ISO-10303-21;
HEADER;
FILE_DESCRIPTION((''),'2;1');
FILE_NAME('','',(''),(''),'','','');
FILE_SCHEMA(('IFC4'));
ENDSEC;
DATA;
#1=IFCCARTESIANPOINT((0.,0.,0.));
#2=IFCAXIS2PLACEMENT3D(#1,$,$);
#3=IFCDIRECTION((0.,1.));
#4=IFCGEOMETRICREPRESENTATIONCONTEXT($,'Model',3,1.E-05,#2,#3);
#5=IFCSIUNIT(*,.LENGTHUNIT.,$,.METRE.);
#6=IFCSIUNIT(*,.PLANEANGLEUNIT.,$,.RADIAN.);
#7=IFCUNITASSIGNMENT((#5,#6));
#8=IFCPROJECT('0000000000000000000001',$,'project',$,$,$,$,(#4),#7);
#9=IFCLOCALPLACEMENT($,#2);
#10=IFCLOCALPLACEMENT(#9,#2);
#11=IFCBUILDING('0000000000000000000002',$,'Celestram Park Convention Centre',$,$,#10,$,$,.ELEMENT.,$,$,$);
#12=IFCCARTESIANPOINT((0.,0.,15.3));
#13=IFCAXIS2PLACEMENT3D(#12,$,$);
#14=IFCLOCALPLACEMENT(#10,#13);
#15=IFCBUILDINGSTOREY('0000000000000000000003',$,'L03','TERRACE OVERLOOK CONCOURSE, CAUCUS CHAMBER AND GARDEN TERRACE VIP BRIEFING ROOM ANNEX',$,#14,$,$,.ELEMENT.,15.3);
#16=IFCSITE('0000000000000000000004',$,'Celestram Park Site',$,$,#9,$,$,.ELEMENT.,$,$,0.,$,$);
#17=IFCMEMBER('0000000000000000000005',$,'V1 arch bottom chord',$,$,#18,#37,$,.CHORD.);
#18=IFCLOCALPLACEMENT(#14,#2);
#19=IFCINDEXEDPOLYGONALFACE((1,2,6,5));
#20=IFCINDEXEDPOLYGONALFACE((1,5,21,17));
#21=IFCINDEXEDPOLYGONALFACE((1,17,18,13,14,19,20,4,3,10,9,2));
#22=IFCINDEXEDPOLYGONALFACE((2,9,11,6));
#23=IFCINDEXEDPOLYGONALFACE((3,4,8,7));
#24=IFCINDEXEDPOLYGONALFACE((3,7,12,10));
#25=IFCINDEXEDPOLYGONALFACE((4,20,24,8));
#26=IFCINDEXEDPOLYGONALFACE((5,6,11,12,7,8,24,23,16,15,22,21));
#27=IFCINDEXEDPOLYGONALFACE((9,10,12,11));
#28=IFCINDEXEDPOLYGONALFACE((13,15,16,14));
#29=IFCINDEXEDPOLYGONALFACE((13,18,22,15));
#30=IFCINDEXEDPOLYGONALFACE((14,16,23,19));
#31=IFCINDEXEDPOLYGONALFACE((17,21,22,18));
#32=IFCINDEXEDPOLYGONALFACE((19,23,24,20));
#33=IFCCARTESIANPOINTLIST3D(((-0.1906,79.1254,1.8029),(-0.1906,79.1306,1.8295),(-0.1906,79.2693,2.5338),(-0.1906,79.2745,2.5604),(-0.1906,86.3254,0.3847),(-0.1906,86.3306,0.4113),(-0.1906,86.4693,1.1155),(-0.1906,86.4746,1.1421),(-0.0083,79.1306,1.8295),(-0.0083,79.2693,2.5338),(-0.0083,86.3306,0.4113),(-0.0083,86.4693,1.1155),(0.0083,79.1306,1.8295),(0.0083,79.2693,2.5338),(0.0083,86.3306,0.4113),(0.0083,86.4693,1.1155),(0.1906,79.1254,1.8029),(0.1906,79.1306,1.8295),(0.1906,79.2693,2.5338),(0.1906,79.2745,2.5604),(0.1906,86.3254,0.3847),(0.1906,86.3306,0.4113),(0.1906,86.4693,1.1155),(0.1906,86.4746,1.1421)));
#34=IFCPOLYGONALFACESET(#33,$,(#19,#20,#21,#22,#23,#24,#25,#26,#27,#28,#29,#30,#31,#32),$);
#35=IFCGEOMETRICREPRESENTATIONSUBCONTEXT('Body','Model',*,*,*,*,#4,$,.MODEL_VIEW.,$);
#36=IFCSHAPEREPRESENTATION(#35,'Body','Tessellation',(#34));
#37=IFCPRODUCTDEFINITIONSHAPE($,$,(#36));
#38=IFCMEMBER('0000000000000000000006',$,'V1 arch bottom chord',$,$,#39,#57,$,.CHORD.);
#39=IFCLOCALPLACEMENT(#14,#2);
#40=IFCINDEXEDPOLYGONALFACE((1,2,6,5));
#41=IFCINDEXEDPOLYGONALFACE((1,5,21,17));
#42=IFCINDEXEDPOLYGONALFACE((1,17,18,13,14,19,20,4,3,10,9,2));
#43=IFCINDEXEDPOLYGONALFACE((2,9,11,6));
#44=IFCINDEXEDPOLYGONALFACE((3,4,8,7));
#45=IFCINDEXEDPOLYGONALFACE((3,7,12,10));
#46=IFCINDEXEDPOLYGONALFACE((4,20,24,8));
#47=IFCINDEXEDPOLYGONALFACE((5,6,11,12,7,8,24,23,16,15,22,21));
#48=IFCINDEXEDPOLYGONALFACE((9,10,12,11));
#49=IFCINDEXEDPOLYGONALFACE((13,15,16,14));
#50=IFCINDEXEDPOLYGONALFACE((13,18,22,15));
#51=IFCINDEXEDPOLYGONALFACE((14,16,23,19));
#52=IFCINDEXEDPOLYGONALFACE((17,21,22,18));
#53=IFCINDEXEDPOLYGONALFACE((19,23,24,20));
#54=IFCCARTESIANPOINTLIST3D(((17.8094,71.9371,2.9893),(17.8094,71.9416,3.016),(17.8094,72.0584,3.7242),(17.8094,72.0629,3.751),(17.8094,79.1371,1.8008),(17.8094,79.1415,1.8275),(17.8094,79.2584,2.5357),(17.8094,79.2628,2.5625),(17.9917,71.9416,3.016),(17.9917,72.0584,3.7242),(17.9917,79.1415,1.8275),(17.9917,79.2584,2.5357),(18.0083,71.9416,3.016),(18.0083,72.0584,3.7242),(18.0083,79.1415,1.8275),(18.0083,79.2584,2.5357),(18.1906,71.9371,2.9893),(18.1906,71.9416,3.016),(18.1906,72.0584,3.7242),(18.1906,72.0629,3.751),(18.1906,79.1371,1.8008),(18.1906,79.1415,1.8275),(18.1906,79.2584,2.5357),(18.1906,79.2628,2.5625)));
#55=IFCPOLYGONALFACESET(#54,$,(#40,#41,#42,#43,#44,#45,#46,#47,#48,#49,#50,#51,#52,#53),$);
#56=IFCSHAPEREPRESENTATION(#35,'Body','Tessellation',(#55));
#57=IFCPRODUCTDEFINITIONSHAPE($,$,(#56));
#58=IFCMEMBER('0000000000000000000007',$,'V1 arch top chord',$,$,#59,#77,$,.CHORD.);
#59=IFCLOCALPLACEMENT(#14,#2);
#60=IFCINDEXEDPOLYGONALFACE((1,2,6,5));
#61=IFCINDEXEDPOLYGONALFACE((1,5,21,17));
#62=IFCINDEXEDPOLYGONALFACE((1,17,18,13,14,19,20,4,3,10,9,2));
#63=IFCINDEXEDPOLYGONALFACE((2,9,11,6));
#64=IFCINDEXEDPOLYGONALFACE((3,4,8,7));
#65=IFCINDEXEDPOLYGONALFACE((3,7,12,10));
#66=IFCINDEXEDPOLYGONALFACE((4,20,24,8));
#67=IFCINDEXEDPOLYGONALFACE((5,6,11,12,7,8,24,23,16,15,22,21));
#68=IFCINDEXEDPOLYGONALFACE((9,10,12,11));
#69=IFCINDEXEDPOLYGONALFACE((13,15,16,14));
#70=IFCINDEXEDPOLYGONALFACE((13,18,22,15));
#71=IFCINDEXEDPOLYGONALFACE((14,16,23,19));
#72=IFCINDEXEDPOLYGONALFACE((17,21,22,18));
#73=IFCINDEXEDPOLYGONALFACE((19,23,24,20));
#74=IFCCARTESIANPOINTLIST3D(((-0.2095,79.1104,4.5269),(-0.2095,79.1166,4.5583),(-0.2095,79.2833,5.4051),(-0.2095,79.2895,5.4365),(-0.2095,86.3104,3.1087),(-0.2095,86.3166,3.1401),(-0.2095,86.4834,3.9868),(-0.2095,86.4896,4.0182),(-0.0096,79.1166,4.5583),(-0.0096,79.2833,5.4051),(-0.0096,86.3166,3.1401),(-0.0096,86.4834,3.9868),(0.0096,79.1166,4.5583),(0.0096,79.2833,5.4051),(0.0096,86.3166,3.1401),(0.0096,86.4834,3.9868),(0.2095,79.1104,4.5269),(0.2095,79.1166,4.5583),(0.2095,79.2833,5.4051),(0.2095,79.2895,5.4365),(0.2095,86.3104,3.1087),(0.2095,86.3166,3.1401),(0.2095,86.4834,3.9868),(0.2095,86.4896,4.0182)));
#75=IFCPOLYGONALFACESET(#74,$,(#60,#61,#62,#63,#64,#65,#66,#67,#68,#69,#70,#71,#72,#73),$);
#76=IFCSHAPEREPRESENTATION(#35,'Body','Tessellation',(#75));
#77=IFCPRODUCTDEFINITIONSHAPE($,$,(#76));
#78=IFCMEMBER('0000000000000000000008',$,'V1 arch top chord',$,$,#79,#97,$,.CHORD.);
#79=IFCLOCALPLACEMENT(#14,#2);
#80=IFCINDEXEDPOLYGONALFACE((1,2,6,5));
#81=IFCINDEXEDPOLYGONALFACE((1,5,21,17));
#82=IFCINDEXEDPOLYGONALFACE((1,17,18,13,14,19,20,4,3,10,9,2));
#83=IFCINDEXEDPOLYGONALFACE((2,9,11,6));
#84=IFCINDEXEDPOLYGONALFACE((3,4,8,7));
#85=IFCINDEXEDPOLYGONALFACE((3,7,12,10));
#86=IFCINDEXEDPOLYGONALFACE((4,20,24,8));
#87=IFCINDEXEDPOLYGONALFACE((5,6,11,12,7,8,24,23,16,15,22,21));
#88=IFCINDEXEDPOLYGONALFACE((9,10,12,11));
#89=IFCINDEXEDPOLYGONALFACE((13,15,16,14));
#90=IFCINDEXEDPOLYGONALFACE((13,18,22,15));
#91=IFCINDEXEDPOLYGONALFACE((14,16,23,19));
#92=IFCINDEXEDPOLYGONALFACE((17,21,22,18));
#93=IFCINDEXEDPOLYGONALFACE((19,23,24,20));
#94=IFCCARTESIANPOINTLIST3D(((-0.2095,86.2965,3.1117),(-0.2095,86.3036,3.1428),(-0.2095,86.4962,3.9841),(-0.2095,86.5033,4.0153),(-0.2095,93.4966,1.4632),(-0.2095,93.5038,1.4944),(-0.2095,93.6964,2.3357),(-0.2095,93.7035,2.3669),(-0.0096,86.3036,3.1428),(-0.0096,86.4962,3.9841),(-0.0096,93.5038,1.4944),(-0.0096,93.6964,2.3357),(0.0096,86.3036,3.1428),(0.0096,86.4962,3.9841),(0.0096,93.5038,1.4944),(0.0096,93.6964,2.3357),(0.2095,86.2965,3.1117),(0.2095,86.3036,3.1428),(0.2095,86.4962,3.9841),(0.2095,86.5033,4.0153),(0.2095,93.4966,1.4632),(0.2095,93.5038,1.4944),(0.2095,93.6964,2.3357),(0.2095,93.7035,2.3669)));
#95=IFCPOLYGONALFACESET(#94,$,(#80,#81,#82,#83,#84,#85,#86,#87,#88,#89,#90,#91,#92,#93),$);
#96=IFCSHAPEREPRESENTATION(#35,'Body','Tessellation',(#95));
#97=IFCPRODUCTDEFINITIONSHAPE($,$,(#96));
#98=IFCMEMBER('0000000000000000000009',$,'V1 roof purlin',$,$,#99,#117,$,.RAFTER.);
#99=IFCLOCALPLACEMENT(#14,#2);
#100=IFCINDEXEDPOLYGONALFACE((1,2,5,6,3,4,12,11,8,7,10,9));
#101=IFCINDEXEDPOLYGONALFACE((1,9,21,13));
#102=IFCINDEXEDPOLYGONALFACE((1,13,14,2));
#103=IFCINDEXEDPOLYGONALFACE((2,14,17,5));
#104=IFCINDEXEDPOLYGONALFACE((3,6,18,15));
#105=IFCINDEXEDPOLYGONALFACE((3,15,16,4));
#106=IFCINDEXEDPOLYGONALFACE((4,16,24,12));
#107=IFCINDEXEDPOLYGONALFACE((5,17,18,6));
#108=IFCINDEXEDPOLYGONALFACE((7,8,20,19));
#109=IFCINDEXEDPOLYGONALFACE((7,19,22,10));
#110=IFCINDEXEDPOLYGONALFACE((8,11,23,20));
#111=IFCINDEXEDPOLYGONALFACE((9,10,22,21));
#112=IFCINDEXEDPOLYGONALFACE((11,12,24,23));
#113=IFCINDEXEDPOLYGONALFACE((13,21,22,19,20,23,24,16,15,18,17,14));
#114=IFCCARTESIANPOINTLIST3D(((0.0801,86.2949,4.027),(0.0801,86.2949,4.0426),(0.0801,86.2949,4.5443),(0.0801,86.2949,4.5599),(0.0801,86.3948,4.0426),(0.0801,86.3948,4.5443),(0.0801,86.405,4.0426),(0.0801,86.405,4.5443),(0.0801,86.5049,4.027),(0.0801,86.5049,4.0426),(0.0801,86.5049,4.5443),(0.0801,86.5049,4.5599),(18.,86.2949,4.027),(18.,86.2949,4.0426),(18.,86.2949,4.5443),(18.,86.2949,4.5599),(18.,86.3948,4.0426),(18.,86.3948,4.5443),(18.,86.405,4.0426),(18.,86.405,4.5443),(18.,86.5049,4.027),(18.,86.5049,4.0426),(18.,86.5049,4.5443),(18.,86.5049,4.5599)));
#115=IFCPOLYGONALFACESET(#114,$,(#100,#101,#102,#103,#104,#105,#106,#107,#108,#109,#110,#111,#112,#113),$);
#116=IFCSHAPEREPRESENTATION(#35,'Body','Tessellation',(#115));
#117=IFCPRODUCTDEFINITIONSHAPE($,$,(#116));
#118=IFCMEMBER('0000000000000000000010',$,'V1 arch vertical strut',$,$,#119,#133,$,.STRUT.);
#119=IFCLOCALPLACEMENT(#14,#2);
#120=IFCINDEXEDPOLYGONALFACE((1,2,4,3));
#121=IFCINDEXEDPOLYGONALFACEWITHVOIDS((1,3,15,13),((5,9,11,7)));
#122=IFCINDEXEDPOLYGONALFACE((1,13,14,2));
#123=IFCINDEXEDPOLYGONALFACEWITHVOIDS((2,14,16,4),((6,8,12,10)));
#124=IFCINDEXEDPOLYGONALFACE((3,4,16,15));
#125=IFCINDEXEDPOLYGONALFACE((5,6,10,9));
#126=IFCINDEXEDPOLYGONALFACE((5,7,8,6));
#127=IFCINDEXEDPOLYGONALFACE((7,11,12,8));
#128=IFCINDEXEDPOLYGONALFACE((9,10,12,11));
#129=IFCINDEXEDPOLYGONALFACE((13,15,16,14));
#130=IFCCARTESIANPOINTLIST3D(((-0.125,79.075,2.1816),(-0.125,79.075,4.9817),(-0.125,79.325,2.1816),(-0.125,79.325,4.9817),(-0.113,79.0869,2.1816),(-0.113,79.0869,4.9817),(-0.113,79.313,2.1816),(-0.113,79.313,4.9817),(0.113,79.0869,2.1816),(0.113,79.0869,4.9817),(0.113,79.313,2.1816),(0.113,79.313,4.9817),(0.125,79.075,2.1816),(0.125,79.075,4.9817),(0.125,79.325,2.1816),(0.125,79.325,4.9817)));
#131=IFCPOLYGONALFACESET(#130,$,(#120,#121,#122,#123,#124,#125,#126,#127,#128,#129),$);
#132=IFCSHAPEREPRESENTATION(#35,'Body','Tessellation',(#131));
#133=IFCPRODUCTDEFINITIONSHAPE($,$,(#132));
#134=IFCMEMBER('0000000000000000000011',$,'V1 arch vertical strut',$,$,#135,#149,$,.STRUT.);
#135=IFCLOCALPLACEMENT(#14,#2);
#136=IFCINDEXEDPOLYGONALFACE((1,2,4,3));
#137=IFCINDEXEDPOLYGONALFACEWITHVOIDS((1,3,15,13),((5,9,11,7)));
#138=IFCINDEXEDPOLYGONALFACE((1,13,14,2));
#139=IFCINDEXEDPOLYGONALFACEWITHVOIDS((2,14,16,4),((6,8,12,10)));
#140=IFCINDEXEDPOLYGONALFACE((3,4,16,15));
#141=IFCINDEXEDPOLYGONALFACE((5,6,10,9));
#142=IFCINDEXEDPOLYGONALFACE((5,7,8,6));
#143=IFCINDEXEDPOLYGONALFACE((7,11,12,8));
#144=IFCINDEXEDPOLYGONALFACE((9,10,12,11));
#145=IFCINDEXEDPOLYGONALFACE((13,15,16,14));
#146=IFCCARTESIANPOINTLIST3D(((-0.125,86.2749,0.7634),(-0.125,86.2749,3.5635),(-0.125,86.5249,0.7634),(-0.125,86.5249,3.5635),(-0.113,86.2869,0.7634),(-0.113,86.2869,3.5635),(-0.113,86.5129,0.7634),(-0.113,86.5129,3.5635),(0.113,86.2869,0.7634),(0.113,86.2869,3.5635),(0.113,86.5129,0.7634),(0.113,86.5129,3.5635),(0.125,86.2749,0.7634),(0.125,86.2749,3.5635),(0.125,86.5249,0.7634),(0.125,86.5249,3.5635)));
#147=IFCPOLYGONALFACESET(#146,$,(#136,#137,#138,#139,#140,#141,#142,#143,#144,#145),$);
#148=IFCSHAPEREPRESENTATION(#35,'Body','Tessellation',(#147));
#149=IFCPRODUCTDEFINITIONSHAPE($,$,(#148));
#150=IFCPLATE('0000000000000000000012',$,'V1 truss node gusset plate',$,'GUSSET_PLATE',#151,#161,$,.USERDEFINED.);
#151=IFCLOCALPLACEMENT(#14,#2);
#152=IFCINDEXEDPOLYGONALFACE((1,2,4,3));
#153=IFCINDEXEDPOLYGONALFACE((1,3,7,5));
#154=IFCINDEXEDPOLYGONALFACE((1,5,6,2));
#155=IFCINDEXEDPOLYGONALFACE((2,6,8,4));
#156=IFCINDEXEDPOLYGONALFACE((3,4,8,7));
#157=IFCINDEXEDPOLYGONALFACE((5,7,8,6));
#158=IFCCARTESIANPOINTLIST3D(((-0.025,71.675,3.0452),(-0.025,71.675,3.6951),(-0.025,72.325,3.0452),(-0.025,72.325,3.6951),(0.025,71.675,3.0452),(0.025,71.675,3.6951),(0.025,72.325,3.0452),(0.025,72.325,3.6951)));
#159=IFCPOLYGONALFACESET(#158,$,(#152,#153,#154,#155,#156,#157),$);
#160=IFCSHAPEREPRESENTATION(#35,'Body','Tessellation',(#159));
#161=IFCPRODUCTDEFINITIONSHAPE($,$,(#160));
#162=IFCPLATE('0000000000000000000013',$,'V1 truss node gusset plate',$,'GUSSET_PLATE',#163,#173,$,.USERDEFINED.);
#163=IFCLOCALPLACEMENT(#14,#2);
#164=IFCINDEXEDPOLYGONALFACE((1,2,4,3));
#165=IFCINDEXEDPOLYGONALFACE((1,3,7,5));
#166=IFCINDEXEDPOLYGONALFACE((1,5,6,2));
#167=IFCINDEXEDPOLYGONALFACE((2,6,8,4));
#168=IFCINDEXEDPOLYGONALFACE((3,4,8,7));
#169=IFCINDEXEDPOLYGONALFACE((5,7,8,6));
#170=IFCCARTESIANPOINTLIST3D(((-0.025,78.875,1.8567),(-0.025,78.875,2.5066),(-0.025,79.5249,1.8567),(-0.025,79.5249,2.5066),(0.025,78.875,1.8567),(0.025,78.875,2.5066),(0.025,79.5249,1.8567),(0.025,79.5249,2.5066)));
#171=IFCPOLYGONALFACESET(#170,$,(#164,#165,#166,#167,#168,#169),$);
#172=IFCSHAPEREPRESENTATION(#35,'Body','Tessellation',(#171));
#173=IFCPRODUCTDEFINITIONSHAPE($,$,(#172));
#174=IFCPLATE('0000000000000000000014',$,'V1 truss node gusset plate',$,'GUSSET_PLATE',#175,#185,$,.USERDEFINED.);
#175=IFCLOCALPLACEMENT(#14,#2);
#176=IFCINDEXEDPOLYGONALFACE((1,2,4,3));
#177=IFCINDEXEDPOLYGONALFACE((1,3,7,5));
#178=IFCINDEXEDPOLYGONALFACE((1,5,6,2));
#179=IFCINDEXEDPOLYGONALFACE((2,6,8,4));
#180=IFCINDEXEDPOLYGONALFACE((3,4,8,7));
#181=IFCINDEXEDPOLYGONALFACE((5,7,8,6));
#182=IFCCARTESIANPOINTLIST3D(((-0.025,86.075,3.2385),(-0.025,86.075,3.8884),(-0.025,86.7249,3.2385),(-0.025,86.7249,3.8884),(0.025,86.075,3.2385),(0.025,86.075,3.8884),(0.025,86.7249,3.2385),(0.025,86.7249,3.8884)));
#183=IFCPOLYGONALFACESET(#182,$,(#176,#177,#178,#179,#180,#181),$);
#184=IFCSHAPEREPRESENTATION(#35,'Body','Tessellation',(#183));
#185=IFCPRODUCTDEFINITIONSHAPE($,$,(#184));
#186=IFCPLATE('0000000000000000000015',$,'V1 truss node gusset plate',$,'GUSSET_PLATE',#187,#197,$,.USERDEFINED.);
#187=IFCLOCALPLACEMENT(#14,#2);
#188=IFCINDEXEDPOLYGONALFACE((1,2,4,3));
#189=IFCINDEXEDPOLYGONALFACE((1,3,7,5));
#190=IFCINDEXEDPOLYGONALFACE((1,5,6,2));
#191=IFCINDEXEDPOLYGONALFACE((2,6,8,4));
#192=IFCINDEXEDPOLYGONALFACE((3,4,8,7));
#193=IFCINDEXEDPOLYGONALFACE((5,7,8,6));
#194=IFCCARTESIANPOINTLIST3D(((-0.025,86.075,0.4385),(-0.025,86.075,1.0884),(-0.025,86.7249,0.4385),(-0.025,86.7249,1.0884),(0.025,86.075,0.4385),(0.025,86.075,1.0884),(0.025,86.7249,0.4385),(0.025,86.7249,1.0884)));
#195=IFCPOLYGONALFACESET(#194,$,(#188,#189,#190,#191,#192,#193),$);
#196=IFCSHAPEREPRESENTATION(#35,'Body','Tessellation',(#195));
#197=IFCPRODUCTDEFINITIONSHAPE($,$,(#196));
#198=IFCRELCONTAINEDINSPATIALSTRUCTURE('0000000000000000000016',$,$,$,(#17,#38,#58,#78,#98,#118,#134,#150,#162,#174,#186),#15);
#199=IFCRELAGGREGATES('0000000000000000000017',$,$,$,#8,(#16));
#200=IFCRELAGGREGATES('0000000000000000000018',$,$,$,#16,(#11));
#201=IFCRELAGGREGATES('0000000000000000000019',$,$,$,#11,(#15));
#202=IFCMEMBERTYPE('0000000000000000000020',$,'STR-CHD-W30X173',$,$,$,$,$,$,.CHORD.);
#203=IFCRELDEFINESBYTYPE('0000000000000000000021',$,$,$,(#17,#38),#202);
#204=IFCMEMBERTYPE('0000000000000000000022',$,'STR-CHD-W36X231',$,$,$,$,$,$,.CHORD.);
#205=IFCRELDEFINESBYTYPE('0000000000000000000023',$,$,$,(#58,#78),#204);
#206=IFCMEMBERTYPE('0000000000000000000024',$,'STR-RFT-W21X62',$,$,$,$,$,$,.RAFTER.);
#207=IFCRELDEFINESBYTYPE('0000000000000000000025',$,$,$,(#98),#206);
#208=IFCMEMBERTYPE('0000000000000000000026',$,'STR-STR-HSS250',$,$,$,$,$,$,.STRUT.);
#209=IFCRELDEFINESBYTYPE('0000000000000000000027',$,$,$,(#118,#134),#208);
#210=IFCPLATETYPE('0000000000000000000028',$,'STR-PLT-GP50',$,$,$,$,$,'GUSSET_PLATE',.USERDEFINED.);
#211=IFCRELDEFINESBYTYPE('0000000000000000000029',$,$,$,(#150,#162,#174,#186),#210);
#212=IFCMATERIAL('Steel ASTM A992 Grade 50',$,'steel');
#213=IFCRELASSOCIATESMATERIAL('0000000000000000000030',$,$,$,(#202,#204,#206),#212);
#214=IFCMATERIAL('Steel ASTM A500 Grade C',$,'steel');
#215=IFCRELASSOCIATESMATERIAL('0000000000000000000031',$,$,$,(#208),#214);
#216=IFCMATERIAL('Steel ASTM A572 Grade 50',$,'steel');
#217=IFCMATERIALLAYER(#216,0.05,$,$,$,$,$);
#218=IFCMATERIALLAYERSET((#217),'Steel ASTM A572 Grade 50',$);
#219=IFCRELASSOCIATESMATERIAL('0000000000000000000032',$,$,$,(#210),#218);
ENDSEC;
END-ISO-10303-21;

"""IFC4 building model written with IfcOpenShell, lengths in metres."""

from ifc_helpers import new_model, si_unit, direction, frame, origin, origin_2d, place, context, subcontext, project, spatial, rectangle, hollow_rectangle, i_section, extrude, material, layer, layer_set, material_profile, profile_set, type_object, element, save


model = new_model("IFC4")

# Units and contexts
model_context = context("Model", 3, precision=1e-05, world=origin(), true_north=direction((0.0, 1.0)))
body_context = subcontext(model_context, "Body", "Model", "MODEL_VIEW")
ifc_project = project(units=[si_unit("LENGTHUNIT", "METRE"), si_unit("PLANEANGLEUNIT", "RADIAN")], contexts=[model_context])

# Site, building, storey
site_placement = place(None, origin())
site = spatial("IfcSite", under=ifc_project, at=site_placement, Name="Celestram Park Site", CompositionType="ELEMENT", RefElevation=0.0)
building_placement = place(site_placement, origin())
building = spatial("IfcBuilding", under=site, at=building_placement, Name="Celestram Park Convention Centre", CompositionType="ELEMENT")
storey_placement = place(building_placement, frame((0.0, 0.0, 15.3)))
storey = spatial("IfcBuildingStorey", under=building, at=storey_placement, Name="L03", Description="TERRACE OVERLOOK CONCOURSE, CAUCUS CHAMBER AND GARDEN TERRACE VIP BRIEFING ROOM ANNEX", CompositionType="ELEMENT", Elevation=15.3)

# Members
ifc_material_1 = material(Name="Steel ASTM A500 Grade C", Category="steel")
ifc_material_2 = material(Name="Steel ASTM A992 Grade 50", Category="steel")
ifc_material_profile_1 = material_profile(ifc_material_2, i_section(OverallWidth=0.3811, OverallDepth=0.772, WebThickness=0.0166, FlangeThickness=0.0271, at=origin_2d()), Name="W30X173")
ifc_profile_set_1 = profile_set([ifc_material_profile_1], Name="Steel ASTM A992 Grade 50")
member_type_1 = type_object("IfcMemberType", Name="STR-CHD-W30X173", PredefinedType="CHORD", material=ifc_profile_set_1)
member_1_placement = place(storey_placement, frame((0.0, 79.2, 2.1816), z_axis=(0.0, 0.981147, -0.193262), x_axis=(-1.0, 0.0, 0.0)))
element("IfcMember", 1, at=member_1_placement, inside=storey, type_object=member_type_1, Name="V1 arch bottom chord", PredefinedType="CHORD", context=body_context, shape_type="SweptSolid", body=[
    extrude(i_section(OverallWidth=0.3811, OverallDepth=0.772, WebThickness=0.0166, FlangeThickness=0.0271, at=origin_2d()), origin(), (0.0, 0.0, 1.0), 7.3384),
])
member_2_placement = place(storey_placement, frame((18.0, 72.0, 3.3701), z_axis=(0.0, 0.986649, -0.162863), x_axis=(-1.0, 0.0, 0.0)))
element("IfcMember", 2, at=member_2_placement, inside=storey, type_object=member_type_1, Name="V1 arch bottom chord", PredefinedType="CHORD", context=body_context, shape_type="SweptSolid", body=[
    extrude(i_section(OverallWidth=0.3811, OverallDepth=0.772, WebThickness=0.0166, FlangeThickness=0.0271, at=origin_2d()), origin(), (0.0, 0.0, 1.0), 7.2974),
])
ifc_material_profile_2 = material_profile(ifc_material_2, i_section(OverallWidth=0.4189, OverallDepth=0.927, WebThickness=0.0193, FlangeThickness=0.032, at=origin_2d()), Name="W36X231")
ifc_profile_set_2 = profile_set([ifc_material_profile_2], Name="Steel ASTM A992 Grade 50")
member_type_2 = type_object("IfcMemberType", Name="STR-CHD-W36X231", PredefinedType="CHORD", material=ifc_profile_set_2)
member_3_placement = place(storey_placement, frame((0.0, 79.2, 4.9817), z_axis=(0.0, 0.981147, -0.193262), x_axis=(-1.0, 0.0, 0.0)))
element("IfcMember", 3, at=member_3_placement, inside=storey, type_object=member_type_2, Name="V1 arch top chord", PredefinedType="CHORD", context=body_context, shape_type="SweptSolid", body=[
    extrude(i_section(OverallWidth=0.4189, OverallDepth=0.927, WebThickness=0.0193, FlangeThickness=0.032, at=origin_2d()), origin(), (0.0, 0.0, 1.0), 7.3384),
])
member_4_placement = place(storey_placement, frame((0.0, 86.3999, 3.5635), z_axis=(0.0, 0.97478, -0.223169), x_axis=(-1.0, 0.0, 0.0)))
element("IfcMember", 4, at=member_4_placement, inside=storey, type_object=member_type_2, Name="V1 arch top chord", PredefinedType="CHORD", context=body_context, shape_type="SweptSolid", body=[
    extrude(i_section(OverallWidth=0.4189, OverallDepth=0.927, WebThickness=0.0193, FlangeThickness=0.032, at=origin_2d()), origin(), (0.0, 0.0, 1.0), 7.3865),
])
ifc_material_profile_3 = material_profile(ifc_material_2, i_section(OverallWidth=0.21, OverallDepth=0.533, WebThickness=0.0103, FlangeThickness=0.0156, at=origin_2d()), Name="W21X62")
ifc_profile_set_3 = profile_set([ifc_material_profile_3], Name="Steel ASTM A992 Grade 50")
member_type_3 = type_object("IfcMemberType", Name="STR-RFT-W21X62", PredefinedType="RAFTER", material=ifc_profile_set_3)
member_5_placement = place(storey_placement, frame((0.0801, 86.3999, 4.2935), z_axis=(1.0, 0.0, 0.0), x_axis=(0.0, 1.0, 0.0)))
element("IfcMember", 5, at=member_5_placement, inside=storey, type_object=member_type_3, Name="V1 roof purlin", PredefinedType="RAFTER", context=body_context, shape_type="SweptSolid", body=[
    extrude(i_section(OverallWidth=0.21, OverallDepth=0.533, WebThickness=0.0103, FlangeThickness=0.0156, at=origin_2d()), origin(), (0.0, 0.0, 1.0), 17.9199),
])
ifc_material_profile_4 = material_profile(ifc_material_1, hollow_rectangle(XDim=0.25, YDim=0.25, WallThickness=0.012, at=origin_2d()), Name="HSS250X250X12")
ifc_profile_set_4 = profile_set([ifc_material_profile_4], Name="Steel ASTM A500 Grade C")
member_type_4 = type_object("IfcMemberType", Name="STR-STR-HSS250", PredefinedType="STRUT", material=ifc_profile_set_4)
for number, where, z_axis, x_axis, name in (
    (6, (0.0, 79.2, 2.1816), (0.0, 0.0, 1.0), (1.0, 0.0, 0.0), "V1 arch vertical strut"),
    (7, (0.0, 86.3999, 0.7634), (0.0, 0.0, 1.0), (1.0, 0.0, 0.0), "V1 arch vertical strut"),
):
    element("IfcMember", number, at=place(storey_placement, frame(where, z_axis=z_axis, x_axis=x_axis)), inside=storey, type_object=member_type_4, Name=name, PredefinedType="STRUT", context=body_context, shape_type="SweptSolid", body=[
        extrude(hollow_rectangle(XDim=0.25, YDim=0.25, WallThickness=0.012, at=origin_2d()), origin(), (0.0, 0.0, 1.0), 2.8),
    ])

# Plates
ifc_material_3 = material(Name="Steel ASTM A572 Grade 50", Category="steel")
ifc_layer_1 = layer(ifc_material_3, 0.05)
ifc_layer_set_1 = layer_set([ifc_layer_1], Name="Steel ASTM A572 Grade 50")
plate_type = type_object("IfcPlateType", Name="STR-PLT-GP50", ElementType="GUSSET_PLATE", PredefinedType="USERDEFINED", material=ifc_layer_set_1)
for number, where, z_axis, x_axis, name in (
    (8, (0.0, 72.0, 3.0452), (0.0, 0.0, 1.0), (0.0, 1.0, 0.0), "V1 truss node gusset plate"),
    (9, (0.0, 79.2, 1.8567), (0.0, 0.0, 1.0), (0.0, 1.0, 0.0), "V1 truss node gusset plate"),
    (10, (0.0, 86.3999, 3.2385), (0.0, 0.0, 1.0), (0.0, 1.0, 0.0), "V1 truss node gusset plate"),
    (11, (0.0, 86.3999, 0.4385), (0.0, 0.0, 1.0), (0.0, 1.0, 0.0), "V1 truss node gusset plate"),
):
    element("IfcPlate", number, at=place(storey_placement, frame(where, z_axis=z_axis, x_axis=x_axis)), inside=storey, type_object=plate_type, Name=name, ObjectType="GUSSET_PLATE", PredefinedType="USERDEFINED", context=body_context, shape_type="SweptSolid", body=[
        extrude(rectangle(XDim=0.6499, YDim=0.05, at=origin_2d()), origin(), (0.0, 0.0, 1.0), 0.6499),
    ])

save(model, "model.ifc")
